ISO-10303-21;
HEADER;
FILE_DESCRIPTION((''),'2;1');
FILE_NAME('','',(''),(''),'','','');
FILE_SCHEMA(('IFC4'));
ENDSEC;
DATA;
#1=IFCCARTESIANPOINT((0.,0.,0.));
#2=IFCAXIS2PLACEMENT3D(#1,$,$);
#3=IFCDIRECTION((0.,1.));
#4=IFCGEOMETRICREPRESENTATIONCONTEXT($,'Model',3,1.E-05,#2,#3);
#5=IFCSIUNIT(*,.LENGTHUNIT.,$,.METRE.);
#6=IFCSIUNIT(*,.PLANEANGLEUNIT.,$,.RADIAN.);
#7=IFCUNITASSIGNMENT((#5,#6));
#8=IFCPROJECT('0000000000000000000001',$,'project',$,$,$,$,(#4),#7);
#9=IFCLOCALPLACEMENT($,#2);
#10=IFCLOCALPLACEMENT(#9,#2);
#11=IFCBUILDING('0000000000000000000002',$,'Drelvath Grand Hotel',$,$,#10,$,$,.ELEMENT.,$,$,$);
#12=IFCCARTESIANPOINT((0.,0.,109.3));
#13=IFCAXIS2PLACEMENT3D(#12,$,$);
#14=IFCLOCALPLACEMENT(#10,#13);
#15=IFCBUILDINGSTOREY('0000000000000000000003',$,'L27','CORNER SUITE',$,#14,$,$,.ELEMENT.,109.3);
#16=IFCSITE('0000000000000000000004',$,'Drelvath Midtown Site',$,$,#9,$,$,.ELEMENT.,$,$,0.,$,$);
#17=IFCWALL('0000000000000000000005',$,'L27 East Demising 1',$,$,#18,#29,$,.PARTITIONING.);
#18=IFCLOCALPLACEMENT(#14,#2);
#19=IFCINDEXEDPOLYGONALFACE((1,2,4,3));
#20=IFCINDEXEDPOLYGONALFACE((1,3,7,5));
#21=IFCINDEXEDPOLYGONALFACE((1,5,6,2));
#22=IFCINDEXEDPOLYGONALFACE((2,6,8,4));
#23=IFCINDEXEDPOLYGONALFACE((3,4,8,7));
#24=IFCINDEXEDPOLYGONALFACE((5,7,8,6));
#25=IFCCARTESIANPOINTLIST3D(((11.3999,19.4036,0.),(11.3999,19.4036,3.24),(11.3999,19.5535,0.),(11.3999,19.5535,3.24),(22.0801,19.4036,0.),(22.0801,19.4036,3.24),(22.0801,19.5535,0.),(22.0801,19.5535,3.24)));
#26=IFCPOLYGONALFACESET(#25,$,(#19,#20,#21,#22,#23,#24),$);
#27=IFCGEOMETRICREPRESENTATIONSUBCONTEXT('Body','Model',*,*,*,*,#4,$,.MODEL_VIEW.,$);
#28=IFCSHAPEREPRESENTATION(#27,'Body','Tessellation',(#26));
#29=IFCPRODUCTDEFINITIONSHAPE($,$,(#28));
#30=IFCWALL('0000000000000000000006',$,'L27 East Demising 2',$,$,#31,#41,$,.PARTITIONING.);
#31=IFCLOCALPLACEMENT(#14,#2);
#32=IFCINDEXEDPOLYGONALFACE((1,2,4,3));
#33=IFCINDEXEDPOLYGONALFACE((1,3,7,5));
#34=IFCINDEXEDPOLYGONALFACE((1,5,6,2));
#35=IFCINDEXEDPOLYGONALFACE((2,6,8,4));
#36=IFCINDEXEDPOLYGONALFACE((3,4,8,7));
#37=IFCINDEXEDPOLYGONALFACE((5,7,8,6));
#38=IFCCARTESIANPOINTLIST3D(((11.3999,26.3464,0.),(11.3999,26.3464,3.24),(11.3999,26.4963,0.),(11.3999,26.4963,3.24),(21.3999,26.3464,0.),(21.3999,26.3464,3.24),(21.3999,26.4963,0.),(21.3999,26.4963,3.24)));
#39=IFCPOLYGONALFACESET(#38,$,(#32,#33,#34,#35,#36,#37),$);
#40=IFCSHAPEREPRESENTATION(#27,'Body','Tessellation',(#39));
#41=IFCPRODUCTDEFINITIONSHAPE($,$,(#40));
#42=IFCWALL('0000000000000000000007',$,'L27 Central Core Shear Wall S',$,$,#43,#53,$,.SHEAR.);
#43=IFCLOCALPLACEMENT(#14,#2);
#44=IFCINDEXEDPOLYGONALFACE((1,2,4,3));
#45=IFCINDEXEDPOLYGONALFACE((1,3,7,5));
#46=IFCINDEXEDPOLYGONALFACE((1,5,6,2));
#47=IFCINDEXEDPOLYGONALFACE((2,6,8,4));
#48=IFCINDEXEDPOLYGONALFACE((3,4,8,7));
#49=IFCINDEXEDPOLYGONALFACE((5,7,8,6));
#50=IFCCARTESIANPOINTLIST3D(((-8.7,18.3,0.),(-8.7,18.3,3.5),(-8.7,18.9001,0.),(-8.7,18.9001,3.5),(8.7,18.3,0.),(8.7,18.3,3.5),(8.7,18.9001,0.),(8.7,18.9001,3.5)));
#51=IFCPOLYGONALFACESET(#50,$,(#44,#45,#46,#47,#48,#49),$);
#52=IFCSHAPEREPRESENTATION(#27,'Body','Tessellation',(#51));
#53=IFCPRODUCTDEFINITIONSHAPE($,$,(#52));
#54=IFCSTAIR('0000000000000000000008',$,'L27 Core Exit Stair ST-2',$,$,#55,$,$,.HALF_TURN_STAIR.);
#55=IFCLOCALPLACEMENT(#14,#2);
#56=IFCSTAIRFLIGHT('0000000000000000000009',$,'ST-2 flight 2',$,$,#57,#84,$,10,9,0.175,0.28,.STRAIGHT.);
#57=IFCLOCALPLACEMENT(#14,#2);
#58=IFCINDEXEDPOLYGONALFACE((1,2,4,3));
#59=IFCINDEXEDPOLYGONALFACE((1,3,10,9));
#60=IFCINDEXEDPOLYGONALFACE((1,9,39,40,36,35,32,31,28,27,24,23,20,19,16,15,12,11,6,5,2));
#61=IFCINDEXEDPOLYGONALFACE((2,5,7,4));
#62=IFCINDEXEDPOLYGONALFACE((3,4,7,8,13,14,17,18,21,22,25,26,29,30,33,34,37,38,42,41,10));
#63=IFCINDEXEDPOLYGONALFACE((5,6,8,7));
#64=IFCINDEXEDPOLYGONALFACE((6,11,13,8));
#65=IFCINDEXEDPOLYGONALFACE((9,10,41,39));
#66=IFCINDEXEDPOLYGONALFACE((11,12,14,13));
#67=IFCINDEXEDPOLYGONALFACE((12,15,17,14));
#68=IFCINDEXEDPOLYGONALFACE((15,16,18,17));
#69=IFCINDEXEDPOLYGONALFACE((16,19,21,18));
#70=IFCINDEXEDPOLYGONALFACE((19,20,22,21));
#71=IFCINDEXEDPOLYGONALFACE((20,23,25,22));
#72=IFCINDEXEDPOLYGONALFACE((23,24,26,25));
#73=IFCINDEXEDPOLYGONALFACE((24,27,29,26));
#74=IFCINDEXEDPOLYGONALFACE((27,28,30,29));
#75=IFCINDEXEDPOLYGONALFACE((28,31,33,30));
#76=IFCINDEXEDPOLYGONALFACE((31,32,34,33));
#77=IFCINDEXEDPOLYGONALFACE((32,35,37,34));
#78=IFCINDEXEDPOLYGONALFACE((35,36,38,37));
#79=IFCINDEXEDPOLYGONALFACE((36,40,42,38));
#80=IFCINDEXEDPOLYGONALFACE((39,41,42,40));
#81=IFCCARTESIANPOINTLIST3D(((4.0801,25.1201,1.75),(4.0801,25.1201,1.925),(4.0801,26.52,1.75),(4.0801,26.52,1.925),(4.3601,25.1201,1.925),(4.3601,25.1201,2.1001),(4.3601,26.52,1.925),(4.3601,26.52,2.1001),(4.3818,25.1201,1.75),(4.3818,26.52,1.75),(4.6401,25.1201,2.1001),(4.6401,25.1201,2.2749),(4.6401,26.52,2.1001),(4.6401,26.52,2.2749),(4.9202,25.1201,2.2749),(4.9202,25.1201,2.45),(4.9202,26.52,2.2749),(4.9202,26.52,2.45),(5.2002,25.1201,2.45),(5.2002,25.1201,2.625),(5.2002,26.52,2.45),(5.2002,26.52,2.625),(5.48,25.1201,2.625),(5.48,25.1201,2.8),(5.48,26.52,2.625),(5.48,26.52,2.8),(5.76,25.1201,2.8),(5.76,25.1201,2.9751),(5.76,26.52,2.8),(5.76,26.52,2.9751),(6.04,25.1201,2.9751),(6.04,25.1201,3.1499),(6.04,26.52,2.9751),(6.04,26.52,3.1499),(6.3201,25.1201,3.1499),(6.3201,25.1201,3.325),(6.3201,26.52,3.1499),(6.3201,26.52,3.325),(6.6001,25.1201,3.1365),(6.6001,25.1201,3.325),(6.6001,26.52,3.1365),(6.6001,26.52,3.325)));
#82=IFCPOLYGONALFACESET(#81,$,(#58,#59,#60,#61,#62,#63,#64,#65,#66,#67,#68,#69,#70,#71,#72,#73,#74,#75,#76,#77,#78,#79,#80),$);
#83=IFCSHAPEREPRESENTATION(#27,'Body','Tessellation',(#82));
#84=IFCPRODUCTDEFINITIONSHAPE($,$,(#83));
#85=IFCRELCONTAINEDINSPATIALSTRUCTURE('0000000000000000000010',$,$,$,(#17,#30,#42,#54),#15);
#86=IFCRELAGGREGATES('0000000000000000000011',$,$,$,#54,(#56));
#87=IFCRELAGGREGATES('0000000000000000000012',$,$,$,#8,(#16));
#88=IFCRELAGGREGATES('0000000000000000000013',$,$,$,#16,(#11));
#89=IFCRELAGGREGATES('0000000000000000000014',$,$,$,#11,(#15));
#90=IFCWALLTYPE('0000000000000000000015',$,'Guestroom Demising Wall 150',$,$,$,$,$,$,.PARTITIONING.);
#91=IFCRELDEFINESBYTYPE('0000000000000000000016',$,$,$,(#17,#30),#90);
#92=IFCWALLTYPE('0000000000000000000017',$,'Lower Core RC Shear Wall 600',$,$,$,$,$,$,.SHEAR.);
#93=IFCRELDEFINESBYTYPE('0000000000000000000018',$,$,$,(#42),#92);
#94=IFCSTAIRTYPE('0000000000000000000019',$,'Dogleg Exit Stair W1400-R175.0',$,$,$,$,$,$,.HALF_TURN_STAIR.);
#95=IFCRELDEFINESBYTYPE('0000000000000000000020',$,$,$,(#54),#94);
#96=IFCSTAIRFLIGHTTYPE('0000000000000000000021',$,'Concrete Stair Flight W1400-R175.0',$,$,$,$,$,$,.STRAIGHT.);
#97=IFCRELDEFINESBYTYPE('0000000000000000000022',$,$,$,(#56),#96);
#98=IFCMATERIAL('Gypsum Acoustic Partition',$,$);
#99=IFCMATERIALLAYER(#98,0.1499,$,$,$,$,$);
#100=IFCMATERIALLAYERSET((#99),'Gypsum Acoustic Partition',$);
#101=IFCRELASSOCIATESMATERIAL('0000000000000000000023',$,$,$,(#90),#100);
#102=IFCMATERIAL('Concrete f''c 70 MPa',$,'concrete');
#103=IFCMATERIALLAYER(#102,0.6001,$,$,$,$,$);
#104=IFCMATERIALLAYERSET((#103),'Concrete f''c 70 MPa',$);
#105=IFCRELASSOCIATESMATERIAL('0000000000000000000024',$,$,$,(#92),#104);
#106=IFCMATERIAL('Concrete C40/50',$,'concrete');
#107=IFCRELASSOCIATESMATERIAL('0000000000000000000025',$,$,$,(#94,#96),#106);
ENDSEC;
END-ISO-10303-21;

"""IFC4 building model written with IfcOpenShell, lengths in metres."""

from ifc_helpers import new_model, si_unit, direction, frame, frame_2d, origin, place, context, subcontext, project, spatial, polyline, rectangle, outline, extrude, material, layer, layer_set, type_object, element, aggregate, save


model = new_model("IFC4")

# Units and contexts
model_context = context("Model", 3, precision=1e-05, world=origin(), true_north=direction((0.0, 1.0)))
body_context = subcontext(model_context, "Body", "Model", "MODEL_VIEW")
ifc_project = project(units=[si_unit("LENGTHUNIT", "METRE"), si_unit("PLANEANGLEUNIT", "RADIAN")], contexts=[model_context])

# Site, building, storey
site_placement = place(None, origin())
site = spatial("IfcSite", under=ifc_project, at=site_placement, Name="Drelvath Midtown Site", CompositionType="ELEMENT", RefElevation=0.0)
building_placement = place(site_placement, origin())
building = spatial("IfcBuilding", under=site, at=building_placement, Name="Drelvath Grand Hotel", CompositionType="ELEMENT")
storey_placement = place(building_placement, frame((0.0, 0.0, 109.3)))
storey = spatial("IfcBuildingStorey", under=building, at=storey_placement, Name="L27", Description="CORNER SUITE", CompositionType="ELEMENT", Elevation=109.3)

# Shared definitions
ifc_material_1 = material(Name="Concrete f'c 70 MPa", Category="concrete")

# Shared definitions
ifc_material_2 = material(Name="Concrete C40/50", Category="concrete")

# Walls
ifc_material_3 = material(Name="Gypsum Acoustic Partition")
ifc_layer_1 = layer(ifc_material_3, 0.1499)
ifc_layer_set_1 = layer_set([ifc_layer_1], Name="Gypsum Acoustic Partition")
wall_type_1 = type_object("IfcWallType", Name="Guestroom Demising Wall 150", PredefinedType="PARTITIONING", material=ifc_layer_set_1)
wall_1_placement = place(storey_placement, frame((11.3999, 19.4785, 0.0), z_axis=(0.0, 0.0, 1.0), x_axis=(1.0, 0.0, 0.0)))
element("IfcWall", 1, at=wall_1_placement, inside=storey, type_object=wall_type_1, Name="L27 East Demising 1", PredefinedType="PARTITIONING", context=body_context, shape_type="SweptSolid", body=[
    extrude(rectangle(XDim=10.6802, YDim=0.1499, at=frame_2d((5.3401, 0.0))), origin(), (0.0, 0.0, 1.0), 3.24),
])
wall_2_placement = place(storey_placement, frame((11.3999, 26.4214, 0.0), z_axis=(0.0, 0.0, 1.0), x_axis=(1.0, 0.0, 0.0)))
element("IfcWall", 2, at=wall_2_placement, inside=storey, type_object=wall_type_1, Name="L27 East Demising 2", PredefinedType="PARTITIONING", context=body_context, shape_type="SweptSolid", body=[
    extrude(rectangle(XDim=10.0, YDim=0.1499, at=frame_2d((5.0, 0.0))), origin(), (0.0, 0.0, 1.0), 3.24),
])
ifc_layer_2 = layer(ifc_material_1, 0.6001)
ifc_layer_set_2 = layer_set([ifc_layer_2], Name="Concrete f'c 70 MPa")
wall_type_2 = type_object("IfcWallType", Name="Lower Core RC Shear Wall 600", PredefinedType="SHEAR", material=ifc_layer_set_2)
wall_3_placement = place(storey_placement, frame((8.7, 18.6001, 0.0), z_axis=(0.0, 0.0, 1.0), x_axis=(-1.0, 0.0, 0.0)))
element("IfcWall", 3, at=wall_3_placement, inside=storey, type_object=wall_type_2, Name="L27 Central Core Shear Wall S", PredefinedType="SHEAR", context=body_context, shape_type="SweptSolid", body=[
    extrude(rectangle(XDim=17.3999, YDim=0.6001, at=frame_2d((8.7, 0.0))), origin(), (0.0, 0.0, 1.0), 3.5),
])

# Stair, stair flight
stair_type = type_object("IfcStairType", Name="Dogleg Exit Stair W1400-R175.0", PredefinedType="HALF_TURN_STAIR", material=ifc_material_2)
stair_placement = place(storey_placement, origin())
stair = element("IfcStair", 4, at=stair_placement, inside=storey, type_object=stair_type, Name="L27 Core Exit Stair ST-2", PredefinedType="HALF_TURN_STAIR")
stair_flight_type = type_object("IfcStairFlightType", Name="Concrete Stair Flight W1400-R175.0", PredefinedType="STRAIGHT", material=ifc_material_2)
stair_flight_placement = place(storey_placement, frame((4.0801, 25.8201, 1.75), z_axis=(0.0, 0.0, 1.0), x_axis=(1.0, 0.0, 0.0)))
stair_flight = element("IfcStairFlight", 5, at=stair_flight_placement, type_object=stair_flight_type, Name="ST-2 flight 2", NumberOfRisers=10, NumberOfTreads=9, PredefinedType="STRAIGHT", RiserHeight=0.175, TreadLength=0.28, context=body_context, shape_type="SweptSolid", body=[
    extrude(outline(polyline([(0.0, 0.0), (0.0, 0.175), (0.28, 0.175), (0.28, 0.3501), (0.5601, 0.3501), (0.5601, 0.5249), (0.8401, 0.5249), (0.8401, 0.7), (1.1201, 0.7), (1.1201, 0.875), (1.3999, 0.875), (1.3999, 1.05), (1.6799, 1.05), (1.6799, 1.2251), (1.96, 1.2251), (1.96, 1.3999), (2.24, 1.3999), (2.24, 1.575), (2.52, 1.575), (2.52, 1.75), (2.52, 1.3865), (0.3018, 0.0), (0.0, 0.0)])), frame((0.0, 0.7, 0.0), z_axis=(0.0, -1.0, 0.0), x_axis=(1.0, 0.0, 0.0)), (0.0, 0.0, 1.0), 1.3999),
])
aggregate(stair, [stair_flight])

save(model, "model.ifc")
